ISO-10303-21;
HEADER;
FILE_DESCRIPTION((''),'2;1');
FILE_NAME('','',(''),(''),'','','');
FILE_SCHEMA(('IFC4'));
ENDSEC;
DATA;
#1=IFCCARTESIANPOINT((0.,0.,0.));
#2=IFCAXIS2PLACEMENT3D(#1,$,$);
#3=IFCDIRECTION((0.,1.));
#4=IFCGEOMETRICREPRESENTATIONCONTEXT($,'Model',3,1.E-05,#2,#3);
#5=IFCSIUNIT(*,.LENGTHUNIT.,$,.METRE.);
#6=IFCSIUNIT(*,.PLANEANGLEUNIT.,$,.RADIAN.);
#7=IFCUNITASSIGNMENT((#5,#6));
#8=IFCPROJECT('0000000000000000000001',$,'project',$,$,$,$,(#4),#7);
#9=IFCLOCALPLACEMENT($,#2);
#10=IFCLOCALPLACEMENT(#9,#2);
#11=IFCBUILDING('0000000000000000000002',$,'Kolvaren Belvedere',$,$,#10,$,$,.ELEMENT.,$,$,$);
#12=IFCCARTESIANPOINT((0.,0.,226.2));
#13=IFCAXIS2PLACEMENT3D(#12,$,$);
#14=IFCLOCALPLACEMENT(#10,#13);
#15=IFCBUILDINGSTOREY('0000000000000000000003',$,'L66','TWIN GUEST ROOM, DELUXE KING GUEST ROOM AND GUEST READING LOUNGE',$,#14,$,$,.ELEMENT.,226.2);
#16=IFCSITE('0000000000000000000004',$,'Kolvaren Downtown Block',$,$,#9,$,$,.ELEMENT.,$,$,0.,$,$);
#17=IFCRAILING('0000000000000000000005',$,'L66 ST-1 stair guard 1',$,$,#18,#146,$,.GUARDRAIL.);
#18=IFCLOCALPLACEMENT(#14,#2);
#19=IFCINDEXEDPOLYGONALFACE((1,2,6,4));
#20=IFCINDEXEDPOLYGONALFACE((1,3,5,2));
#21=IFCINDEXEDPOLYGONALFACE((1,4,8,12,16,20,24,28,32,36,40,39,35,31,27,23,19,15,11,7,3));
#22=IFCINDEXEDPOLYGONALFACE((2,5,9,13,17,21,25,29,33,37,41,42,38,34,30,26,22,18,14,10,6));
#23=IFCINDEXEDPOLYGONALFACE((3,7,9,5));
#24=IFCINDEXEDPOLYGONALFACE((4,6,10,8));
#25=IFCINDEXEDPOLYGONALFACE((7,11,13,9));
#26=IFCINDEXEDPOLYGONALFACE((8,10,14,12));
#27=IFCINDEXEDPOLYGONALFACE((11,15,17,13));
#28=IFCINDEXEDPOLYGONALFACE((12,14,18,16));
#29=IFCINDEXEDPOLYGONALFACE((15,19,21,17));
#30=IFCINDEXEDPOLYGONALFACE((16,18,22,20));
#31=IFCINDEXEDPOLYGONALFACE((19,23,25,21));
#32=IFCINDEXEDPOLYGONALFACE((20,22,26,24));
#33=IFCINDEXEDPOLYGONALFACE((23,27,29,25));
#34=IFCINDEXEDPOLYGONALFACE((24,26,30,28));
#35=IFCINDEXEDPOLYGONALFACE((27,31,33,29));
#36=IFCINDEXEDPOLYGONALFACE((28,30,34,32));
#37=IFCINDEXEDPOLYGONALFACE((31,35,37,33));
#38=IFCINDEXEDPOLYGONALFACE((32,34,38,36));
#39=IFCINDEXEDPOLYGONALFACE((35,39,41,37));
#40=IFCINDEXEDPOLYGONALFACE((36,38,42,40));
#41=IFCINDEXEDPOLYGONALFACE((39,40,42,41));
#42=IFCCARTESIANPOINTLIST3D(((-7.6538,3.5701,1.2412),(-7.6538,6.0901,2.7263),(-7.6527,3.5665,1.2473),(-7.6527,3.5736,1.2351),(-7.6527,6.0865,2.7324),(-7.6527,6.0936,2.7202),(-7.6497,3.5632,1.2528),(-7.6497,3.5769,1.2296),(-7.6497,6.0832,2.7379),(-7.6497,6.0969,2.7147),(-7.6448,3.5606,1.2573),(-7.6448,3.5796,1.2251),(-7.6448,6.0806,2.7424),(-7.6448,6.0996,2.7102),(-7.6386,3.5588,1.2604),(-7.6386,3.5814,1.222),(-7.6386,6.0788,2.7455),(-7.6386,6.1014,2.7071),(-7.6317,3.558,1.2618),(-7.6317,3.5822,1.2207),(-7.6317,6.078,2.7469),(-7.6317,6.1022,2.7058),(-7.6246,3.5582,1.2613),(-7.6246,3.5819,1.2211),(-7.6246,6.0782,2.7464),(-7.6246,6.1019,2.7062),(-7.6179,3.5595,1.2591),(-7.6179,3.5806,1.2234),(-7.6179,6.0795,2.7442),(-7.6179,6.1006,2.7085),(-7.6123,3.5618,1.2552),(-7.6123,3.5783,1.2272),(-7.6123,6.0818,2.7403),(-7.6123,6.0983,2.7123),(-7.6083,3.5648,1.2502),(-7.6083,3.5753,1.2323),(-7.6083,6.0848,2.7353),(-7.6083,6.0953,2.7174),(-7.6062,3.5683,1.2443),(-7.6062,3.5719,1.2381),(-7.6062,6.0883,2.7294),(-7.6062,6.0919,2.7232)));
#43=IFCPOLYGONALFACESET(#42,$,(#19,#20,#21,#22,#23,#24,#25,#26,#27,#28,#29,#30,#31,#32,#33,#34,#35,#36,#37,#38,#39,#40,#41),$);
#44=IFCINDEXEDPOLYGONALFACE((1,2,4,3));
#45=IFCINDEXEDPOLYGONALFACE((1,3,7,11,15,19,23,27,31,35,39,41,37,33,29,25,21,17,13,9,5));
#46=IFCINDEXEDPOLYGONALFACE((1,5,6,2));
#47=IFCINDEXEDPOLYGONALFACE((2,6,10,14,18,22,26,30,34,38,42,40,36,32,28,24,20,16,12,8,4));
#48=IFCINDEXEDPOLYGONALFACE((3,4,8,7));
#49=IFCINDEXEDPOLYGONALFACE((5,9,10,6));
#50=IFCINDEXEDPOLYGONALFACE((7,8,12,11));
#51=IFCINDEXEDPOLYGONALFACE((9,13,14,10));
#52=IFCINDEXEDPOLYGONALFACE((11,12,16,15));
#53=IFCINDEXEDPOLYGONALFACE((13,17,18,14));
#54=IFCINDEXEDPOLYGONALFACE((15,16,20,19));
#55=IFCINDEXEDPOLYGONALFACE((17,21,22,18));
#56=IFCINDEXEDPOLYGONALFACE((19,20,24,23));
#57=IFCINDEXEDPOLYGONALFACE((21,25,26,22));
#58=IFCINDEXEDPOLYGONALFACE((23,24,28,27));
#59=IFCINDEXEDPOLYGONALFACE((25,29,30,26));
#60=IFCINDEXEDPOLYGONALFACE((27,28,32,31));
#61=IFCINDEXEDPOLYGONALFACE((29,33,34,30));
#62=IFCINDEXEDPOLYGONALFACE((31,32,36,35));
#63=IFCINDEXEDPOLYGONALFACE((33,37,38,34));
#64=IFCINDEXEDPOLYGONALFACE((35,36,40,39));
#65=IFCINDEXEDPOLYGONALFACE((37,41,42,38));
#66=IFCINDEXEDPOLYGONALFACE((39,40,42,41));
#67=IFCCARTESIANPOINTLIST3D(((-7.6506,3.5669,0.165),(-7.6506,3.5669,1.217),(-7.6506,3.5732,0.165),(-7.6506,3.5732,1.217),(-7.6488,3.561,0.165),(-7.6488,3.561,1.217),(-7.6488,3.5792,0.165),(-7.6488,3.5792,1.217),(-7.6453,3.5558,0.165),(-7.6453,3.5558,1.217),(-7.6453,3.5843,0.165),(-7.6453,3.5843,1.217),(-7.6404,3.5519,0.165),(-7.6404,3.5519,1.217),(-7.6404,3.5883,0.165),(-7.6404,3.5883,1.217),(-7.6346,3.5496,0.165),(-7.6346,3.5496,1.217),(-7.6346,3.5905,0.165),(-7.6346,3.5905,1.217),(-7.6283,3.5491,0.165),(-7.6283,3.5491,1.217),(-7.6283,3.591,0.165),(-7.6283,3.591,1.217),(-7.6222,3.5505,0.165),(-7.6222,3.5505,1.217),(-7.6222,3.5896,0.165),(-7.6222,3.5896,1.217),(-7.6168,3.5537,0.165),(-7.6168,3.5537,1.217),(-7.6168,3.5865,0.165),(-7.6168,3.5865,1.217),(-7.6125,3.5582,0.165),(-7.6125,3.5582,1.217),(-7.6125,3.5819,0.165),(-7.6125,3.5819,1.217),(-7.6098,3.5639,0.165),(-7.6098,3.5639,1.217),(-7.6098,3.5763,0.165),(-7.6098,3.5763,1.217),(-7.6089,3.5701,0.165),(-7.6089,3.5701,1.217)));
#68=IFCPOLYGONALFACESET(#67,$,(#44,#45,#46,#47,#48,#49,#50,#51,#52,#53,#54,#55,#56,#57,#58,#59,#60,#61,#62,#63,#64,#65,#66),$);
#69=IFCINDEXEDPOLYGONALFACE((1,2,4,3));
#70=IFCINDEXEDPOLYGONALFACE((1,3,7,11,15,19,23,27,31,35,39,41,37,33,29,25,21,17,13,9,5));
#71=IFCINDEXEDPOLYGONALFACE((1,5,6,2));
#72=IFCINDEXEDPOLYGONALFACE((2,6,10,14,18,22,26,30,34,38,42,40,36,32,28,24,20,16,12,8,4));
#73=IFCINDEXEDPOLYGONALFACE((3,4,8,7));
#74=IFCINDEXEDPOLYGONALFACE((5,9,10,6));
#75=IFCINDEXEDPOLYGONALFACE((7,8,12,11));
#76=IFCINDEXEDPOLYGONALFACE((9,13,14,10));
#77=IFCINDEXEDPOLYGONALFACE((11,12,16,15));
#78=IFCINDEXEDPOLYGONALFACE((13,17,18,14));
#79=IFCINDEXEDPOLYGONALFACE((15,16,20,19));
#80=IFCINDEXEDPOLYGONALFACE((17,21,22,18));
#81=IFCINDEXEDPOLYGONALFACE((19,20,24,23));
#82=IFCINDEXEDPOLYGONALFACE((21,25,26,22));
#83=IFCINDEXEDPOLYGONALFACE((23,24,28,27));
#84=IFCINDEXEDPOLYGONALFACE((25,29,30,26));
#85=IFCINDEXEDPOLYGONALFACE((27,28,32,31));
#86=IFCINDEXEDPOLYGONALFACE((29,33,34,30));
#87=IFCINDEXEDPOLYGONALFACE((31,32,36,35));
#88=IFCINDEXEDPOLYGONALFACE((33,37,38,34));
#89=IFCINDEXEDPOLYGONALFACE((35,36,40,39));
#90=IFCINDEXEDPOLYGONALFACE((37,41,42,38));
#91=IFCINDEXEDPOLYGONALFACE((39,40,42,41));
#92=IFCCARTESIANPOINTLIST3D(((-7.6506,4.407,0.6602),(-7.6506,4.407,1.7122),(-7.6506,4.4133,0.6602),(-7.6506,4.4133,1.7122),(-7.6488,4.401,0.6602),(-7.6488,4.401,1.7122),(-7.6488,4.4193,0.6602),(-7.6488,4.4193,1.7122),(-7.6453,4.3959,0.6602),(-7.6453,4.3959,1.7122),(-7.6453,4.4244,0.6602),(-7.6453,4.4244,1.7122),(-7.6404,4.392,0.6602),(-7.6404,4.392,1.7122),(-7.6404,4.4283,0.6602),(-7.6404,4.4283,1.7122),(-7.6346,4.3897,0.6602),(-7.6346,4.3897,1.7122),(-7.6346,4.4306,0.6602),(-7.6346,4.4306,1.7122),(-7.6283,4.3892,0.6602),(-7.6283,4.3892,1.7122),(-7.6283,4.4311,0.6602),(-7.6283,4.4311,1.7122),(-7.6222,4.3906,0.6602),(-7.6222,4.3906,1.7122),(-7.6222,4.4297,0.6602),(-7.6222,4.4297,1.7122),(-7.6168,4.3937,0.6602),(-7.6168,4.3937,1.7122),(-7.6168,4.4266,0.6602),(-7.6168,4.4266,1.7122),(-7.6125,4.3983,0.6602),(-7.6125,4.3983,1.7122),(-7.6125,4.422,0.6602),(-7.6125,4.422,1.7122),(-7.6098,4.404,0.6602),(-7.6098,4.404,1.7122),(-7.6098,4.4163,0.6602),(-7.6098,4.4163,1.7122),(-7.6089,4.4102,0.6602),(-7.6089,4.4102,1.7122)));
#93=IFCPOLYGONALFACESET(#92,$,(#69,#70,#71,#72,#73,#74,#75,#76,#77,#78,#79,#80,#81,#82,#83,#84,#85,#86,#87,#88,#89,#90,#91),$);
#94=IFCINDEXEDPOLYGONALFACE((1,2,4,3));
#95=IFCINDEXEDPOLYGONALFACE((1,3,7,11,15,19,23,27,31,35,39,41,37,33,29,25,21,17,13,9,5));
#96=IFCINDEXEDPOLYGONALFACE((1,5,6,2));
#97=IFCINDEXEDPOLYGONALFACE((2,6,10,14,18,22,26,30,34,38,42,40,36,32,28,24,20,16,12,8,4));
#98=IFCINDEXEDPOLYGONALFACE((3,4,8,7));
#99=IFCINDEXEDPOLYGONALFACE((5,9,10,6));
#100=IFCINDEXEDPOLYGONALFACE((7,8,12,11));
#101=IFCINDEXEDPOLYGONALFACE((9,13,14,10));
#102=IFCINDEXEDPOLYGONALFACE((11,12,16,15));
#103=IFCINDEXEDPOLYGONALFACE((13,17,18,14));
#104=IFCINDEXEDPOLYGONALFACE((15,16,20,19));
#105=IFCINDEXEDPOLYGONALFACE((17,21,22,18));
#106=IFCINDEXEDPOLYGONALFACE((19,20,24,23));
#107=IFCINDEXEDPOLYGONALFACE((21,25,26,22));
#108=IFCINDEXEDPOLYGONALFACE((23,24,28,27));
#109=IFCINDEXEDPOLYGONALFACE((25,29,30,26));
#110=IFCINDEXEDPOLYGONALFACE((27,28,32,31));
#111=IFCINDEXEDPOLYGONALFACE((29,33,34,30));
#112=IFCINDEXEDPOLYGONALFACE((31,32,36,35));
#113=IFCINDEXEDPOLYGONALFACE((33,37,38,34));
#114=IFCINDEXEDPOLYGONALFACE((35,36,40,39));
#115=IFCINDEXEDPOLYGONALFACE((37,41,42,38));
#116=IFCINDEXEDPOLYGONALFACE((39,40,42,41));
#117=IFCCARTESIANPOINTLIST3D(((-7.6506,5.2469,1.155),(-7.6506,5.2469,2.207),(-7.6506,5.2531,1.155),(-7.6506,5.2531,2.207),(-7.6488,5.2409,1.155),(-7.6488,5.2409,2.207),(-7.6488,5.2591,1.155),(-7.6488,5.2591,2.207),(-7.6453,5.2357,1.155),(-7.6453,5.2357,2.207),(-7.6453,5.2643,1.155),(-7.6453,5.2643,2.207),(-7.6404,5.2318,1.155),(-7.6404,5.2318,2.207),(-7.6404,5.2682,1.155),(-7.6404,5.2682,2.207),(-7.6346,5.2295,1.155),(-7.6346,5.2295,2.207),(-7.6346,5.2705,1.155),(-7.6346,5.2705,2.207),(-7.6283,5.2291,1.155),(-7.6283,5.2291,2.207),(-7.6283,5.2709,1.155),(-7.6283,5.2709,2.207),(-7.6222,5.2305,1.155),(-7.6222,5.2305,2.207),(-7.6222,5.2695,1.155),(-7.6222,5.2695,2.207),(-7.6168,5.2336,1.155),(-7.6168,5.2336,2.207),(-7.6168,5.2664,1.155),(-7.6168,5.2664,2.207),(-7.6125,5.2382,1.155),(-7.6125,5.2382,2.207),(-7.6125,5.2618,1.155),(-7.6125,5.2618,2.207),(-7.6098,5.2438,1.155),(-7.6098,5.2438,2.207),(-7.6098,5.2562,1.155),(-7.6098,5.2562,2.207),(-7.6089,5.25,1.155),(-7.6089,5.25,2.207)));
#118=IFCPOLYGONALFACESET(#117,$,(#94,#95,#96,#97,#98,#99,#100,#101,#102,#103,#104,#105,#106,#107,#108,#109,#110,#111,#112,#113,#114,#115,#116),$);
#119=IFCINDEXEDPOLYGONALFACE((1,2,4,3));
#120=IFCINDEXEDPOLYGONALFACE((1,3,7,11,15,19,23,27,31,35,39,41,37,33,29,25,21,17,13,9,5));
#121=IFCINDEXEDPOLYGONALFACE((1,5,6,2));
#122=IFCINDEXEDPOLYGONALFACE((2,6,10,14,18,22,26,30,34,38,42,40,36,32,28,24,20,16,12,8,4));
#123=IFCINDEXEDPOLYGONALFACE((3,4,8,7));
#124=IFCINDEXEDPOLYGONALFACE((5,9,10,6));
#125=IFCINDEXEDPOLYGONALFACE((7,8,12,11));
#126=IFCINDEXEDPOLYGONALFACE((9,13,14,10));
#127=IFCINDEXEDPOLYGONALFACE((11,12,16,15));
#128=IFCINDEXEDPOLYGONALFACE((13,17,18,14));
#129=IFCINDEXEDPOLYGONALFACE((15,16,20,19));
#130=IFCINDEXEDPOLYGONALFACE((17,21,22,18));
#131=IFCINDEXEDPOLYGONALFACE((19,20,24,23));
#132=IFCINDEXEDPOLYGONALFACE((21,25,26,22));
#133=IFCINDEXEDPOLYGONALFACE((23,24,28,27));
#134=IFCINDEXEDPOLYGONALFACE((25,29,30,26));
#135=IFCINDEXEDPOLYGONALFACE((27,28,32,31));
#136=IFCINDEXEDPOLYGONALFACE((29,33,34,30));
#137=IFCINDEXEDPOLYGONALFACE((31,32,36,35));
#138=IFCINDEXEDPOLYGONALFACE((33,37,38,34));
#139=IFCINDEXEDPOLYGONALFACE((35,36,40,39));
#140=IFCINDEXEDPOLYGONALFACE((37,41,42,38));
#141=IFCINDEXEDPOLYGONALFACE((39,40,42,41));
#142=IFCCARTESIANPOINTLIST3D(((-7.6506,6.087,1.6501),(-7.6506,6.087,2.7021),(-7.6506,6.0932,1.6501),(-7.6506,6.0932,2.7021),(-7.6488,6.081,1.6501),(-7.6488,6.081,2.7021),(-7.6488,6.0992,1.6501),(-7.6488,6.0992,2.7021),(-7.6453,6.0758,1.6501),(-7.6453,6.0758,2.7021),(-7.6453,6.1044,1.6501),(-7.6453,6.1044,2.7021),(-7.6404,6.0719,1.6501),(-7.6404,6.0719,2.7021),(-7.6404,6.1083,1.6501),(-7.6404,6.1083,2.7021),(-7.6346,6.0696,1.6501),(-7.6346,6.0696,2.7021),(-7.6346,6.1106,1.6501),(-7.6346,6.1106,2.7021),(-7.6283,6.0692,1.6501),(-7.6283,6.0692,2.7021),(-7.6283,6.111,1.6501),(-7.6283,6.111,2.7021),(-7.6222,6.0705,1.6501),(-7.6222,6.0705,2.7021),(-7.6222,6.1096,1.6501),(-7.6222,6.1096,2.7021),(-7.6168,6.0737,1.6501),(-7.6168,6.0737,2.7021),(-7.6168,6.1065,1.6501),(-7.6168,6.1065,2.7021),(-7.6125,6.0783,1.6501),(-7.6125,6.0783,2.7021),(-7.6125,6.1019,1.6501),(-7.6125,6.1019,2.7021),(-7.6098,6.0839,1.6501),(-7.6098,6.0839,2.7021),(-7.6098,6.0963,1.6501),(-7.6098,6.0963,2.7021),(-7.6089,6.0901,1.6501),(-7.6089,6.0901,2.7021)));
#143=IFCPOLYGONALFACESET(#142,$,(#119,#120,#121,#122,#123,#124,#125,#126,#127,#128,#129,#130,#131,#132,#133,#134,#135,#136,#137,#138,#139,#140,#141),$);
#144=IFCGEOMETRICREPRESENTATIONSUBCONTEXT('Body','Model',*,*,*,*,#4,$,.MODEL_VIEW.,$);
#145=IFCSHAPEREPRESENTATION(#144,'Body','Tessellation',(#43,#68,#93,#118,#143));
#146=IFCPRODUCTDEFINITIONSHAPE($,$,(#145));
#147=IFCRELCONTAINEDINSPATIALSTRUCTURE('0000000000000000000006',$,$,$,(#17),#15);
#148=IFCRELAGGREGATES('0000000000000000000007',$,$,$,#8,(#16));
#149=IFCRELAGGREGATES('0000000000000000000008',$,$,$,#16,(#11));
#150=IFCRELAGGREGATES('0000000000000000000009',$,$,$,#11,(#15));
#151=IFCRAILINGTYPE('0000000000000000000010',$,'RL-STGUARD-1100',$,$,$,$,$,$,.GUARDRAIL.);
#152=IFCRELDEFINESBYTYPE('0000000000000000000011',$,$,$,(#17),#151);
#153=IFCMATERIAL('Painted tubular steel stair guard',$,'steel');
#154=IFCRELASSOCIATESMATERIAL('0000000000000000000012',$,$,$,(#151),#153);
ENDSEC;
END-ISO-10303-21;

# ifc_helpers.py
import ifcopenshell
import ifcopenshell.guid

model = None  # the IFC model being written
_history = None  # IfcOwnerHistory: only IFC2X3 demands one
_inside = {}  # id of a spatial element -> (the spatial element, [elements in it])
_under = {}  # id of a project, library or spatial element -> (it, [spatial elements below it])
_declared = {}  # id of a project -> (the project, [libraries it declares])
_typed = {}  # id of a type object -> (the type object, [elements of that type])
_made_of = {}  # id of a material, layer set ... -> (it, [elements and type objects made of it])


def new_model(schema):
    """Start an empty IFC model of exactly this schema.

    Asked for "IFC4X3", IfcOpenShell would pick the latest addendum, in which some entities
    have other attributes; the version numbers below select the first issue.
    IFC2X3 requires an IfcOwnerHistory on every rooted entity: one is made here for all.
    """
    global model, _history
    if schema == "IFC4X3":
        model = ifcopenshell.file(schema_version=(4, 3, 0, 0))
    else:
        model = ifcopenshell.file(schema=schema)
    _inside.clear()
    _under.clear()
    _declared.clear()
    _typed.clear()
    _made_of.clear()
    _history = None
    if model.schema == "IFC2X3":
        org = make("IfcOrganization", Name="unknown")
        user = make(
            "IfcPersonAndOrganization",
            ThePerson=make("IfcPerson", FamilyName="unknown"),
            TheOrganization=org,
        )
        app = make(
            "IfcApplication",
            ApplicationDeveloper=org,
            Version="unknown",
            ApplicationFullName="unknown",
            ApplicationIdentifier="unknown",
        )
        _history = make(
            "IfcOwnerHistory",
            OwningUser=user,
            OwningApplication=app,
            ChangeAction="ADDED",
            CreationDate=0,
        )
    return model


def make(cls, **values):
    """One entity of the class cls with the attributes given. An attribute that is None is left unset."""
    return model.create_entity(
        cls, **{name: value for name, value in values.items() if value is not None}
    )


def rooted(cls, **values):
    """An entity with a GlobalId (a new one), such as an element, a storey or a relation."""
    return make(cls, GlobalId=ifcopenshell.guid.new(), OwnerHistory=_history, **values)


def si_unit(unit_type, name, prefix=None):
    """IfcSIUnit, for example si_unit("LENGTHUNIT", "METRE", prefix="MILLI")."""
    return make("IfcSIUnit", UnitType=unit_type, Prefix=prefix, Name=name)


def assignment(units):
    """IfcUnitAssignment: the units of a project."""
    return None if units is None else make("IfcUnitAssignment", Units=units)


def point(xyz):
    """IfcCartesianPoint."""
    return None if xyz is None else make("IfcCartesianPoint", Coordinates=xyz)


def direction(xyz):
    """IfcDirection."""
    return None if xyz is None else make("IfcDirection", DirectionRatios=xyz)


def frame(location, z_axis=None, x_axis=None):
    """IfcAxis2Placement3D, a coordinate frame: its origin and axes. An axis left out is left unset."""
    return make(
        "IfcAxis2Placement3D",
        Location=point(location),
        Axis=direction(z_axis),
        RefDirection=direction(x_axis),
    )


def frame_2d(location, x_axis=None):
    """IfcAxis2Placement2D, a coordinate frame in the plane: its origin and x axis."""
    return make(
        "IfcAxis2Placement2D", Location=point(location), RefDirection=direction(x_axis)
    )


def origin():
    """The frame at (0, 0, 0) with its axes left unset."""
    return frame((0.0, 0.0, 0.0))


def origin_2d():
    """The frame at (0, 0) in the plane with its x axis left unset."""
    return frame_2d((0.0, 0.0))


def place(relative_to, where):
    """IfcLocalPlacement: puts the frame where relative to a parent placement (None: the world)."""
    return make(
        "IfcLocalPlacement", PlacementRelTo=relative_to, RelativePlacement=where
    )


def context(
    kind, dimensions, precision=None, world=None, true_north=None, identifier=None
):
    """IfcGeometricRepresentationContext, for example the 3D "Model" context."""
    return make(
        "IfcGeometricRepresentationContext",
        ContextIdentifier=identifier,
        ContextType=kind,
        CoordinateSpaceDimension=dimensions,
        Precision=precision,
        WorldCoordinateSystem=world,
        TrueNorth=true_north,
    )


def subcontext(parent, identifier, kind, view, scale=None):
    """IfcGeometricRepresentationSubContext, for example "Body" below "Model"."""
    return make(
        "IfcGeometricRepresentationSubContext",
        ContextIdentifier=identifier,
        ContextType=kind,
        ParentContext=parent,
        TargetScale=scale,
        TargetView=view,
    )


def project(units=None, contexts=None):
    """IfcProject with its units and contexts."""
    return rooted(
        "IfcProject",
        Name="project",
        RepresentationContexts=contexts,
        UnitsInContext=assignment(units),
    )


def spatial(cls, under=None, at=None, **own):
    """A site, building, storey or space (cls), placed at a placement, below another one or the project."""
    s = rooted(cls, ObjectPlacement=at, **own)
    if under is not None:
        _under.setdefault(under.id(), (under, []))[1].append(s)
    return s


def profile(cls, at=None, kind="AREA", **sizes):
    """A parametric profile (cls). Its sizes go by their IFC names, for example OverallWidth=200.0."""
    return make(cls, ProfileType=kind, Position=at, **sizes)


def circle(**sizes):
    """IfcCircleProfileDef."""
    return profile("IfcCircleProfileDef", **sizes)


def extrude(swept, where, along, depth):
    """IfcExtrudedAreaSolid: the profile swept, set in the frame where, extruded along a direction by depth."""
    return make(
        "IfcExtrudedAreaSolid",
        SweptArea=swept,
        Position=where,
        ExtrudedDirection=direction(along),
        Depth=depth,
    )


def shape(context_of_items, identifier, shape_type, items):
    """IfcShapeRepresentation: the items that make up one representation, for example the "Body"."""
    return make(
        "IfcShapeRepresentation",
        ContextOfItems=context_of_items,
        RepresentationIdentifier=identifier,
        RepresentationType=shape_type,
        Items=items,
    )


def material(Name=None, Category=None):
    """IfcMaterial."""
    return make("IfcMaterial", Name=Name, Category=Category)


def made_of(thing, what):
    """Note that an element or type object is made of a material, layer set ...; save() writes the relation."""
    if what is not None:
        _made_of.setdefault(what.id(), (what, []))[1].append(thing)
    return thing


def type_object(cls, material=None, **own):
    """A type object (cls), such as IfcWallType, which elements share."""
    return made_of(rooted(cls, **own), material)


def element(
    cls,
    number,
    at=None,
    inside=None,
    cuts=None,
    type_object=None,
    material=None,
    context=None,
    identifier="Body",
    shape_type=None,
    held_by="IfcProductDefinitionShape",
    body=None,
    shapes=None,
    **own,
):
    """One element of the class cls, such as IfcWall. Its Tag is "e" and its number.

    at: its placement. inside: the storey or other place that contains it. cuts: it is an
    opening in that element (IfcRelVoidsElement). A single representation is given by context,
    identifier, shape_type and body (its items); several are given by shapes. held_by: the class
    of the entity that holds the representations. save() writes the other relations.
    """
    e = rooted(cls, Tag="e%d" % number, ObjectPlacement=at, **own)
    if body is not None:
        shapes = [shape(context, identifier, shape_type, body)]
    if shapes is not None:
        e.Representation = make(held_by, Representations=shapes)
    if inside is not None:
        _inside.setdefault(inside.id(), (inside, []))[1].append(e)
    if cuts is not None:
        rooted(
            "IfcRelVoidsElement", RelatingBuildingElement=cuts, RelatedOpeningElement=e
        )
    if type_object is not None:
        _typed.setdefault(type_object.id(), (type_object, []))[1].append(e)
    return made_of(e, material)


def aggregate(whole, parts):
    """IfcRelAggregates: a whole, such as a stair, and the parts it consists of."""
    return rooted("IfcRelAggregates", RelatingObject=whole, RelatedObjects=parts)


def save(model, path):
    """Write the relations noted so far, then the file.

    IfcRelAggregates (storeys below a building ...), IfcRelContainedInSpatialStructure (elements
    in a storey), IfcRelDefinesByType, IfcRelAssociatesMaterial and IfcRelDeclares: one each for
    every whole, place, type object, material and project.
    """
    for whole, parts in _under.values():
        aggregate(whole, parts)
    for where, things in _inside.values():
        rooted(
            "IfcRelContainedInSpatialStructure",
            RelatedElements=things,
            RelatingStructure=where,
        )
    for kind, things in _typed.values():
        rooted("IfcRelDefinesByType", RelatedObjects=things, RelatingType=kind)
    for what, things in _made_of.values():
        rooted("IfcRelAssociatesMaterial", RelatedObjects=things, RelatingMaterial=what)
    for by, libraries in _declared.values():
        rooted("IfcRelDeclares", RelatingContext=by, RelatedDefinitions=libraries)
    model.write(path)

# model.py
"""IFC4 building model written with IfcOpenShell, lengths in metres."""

from ifc_helpers import new_model, si_unit, direction, frame, origin, origin_2d, place, context, subcontext, project, spatial, circle, extrude, material, type_object, element, save


model = new_model("IFC4")

# Units and contexts
model_context = context("Model", 3, precision=1e-05, world=origin(), true_north=direction((0.0, 1.0)))
body_context = subcontext(model_context, "Body", "Model", "MODEL_VIEW")
ifc_project = project(units=[si_unit("LENGTHUNIT", "METRE"), si_unit("PLANEANGLEUNIT", "RADIAN")], contexts=[model_context])

# Site, building, storey
site_placement = place(None, origin())
site = spatial("IfcSite", under=ifc_project, at=site_placement, Name="Kolvaren Downtown Block", CompositionType="ELEMENT", RefElevation=0.0)
building_placement = place(site_placement, origin())
building = spatial("IfcBuilding", under=site, at=building_placement, Name="Kolvaren Belvedere", CompositionType="ELEMENT")
storey_placement = place(building_placement, frame((0.0, 0.0, 226.2)))
storey = spatial("IfcBuildingStorey", under=building, at=storey_placement, Name="L66", Description="TWIN GUEST ROOM, DELUXE KING GUEST ROOM AND GUEST READING LOUNGE", CompositionType="ELEMENT", Elevation=226.2)

# Railing
ifc_material_1 = material(Name="Painted tubular steel stair guard", Category="steel")
railing_type_1 = type_object("IfcRailingType", Name="RL-STGUARD-1100", PredefinedType="GUARDRAIL", material=ifc_material_1)
railing_1_placement = place(storey_placement, frame((-7.6299, 3.5701, 0.165)))
element("IfcRailing", 1, at=railing_1_placement, inside=storey, type_object=railing_type_1, Name="L66 ST-1 stair guard 1", PredefinedType="GUARDRAIL", context=body_context, shape_type="SweptSolid", body=[
    extrude(circle(Radius=0.0239, at=origin_2d()), frame((0.0, 0.0, 1.0762), z_axis=(0.0, 0.861524, 0.507717), x_axis=(-1.0, 0.0, 0.0)), (0.0, 0.0, 1.0), 2.925),
    extrude(circle(Radius=0.021, at=origin_2d()), origin(), (0.0, 0.0, 1.0), 1.052),
    extrude(circle(Radius=0.021, at=origin_2d()), frame((0.0, 0.8401, 0.4951)), (0.0, 0.0, 1.0), 1.052),
    extrude(circle(Radius=0.021, at=origin_2d()), frame((0.0, 1.6799, 0.99)), (0.0, 0.0, 1.0), 1.052),
    extrude(circle(Radius=0.021, at=origin_2d()), frame((0.0, 2.52, 1.4851)), (0.0, 0.0, 1.0), 1.052),
])

save(model, "model.ifc")
